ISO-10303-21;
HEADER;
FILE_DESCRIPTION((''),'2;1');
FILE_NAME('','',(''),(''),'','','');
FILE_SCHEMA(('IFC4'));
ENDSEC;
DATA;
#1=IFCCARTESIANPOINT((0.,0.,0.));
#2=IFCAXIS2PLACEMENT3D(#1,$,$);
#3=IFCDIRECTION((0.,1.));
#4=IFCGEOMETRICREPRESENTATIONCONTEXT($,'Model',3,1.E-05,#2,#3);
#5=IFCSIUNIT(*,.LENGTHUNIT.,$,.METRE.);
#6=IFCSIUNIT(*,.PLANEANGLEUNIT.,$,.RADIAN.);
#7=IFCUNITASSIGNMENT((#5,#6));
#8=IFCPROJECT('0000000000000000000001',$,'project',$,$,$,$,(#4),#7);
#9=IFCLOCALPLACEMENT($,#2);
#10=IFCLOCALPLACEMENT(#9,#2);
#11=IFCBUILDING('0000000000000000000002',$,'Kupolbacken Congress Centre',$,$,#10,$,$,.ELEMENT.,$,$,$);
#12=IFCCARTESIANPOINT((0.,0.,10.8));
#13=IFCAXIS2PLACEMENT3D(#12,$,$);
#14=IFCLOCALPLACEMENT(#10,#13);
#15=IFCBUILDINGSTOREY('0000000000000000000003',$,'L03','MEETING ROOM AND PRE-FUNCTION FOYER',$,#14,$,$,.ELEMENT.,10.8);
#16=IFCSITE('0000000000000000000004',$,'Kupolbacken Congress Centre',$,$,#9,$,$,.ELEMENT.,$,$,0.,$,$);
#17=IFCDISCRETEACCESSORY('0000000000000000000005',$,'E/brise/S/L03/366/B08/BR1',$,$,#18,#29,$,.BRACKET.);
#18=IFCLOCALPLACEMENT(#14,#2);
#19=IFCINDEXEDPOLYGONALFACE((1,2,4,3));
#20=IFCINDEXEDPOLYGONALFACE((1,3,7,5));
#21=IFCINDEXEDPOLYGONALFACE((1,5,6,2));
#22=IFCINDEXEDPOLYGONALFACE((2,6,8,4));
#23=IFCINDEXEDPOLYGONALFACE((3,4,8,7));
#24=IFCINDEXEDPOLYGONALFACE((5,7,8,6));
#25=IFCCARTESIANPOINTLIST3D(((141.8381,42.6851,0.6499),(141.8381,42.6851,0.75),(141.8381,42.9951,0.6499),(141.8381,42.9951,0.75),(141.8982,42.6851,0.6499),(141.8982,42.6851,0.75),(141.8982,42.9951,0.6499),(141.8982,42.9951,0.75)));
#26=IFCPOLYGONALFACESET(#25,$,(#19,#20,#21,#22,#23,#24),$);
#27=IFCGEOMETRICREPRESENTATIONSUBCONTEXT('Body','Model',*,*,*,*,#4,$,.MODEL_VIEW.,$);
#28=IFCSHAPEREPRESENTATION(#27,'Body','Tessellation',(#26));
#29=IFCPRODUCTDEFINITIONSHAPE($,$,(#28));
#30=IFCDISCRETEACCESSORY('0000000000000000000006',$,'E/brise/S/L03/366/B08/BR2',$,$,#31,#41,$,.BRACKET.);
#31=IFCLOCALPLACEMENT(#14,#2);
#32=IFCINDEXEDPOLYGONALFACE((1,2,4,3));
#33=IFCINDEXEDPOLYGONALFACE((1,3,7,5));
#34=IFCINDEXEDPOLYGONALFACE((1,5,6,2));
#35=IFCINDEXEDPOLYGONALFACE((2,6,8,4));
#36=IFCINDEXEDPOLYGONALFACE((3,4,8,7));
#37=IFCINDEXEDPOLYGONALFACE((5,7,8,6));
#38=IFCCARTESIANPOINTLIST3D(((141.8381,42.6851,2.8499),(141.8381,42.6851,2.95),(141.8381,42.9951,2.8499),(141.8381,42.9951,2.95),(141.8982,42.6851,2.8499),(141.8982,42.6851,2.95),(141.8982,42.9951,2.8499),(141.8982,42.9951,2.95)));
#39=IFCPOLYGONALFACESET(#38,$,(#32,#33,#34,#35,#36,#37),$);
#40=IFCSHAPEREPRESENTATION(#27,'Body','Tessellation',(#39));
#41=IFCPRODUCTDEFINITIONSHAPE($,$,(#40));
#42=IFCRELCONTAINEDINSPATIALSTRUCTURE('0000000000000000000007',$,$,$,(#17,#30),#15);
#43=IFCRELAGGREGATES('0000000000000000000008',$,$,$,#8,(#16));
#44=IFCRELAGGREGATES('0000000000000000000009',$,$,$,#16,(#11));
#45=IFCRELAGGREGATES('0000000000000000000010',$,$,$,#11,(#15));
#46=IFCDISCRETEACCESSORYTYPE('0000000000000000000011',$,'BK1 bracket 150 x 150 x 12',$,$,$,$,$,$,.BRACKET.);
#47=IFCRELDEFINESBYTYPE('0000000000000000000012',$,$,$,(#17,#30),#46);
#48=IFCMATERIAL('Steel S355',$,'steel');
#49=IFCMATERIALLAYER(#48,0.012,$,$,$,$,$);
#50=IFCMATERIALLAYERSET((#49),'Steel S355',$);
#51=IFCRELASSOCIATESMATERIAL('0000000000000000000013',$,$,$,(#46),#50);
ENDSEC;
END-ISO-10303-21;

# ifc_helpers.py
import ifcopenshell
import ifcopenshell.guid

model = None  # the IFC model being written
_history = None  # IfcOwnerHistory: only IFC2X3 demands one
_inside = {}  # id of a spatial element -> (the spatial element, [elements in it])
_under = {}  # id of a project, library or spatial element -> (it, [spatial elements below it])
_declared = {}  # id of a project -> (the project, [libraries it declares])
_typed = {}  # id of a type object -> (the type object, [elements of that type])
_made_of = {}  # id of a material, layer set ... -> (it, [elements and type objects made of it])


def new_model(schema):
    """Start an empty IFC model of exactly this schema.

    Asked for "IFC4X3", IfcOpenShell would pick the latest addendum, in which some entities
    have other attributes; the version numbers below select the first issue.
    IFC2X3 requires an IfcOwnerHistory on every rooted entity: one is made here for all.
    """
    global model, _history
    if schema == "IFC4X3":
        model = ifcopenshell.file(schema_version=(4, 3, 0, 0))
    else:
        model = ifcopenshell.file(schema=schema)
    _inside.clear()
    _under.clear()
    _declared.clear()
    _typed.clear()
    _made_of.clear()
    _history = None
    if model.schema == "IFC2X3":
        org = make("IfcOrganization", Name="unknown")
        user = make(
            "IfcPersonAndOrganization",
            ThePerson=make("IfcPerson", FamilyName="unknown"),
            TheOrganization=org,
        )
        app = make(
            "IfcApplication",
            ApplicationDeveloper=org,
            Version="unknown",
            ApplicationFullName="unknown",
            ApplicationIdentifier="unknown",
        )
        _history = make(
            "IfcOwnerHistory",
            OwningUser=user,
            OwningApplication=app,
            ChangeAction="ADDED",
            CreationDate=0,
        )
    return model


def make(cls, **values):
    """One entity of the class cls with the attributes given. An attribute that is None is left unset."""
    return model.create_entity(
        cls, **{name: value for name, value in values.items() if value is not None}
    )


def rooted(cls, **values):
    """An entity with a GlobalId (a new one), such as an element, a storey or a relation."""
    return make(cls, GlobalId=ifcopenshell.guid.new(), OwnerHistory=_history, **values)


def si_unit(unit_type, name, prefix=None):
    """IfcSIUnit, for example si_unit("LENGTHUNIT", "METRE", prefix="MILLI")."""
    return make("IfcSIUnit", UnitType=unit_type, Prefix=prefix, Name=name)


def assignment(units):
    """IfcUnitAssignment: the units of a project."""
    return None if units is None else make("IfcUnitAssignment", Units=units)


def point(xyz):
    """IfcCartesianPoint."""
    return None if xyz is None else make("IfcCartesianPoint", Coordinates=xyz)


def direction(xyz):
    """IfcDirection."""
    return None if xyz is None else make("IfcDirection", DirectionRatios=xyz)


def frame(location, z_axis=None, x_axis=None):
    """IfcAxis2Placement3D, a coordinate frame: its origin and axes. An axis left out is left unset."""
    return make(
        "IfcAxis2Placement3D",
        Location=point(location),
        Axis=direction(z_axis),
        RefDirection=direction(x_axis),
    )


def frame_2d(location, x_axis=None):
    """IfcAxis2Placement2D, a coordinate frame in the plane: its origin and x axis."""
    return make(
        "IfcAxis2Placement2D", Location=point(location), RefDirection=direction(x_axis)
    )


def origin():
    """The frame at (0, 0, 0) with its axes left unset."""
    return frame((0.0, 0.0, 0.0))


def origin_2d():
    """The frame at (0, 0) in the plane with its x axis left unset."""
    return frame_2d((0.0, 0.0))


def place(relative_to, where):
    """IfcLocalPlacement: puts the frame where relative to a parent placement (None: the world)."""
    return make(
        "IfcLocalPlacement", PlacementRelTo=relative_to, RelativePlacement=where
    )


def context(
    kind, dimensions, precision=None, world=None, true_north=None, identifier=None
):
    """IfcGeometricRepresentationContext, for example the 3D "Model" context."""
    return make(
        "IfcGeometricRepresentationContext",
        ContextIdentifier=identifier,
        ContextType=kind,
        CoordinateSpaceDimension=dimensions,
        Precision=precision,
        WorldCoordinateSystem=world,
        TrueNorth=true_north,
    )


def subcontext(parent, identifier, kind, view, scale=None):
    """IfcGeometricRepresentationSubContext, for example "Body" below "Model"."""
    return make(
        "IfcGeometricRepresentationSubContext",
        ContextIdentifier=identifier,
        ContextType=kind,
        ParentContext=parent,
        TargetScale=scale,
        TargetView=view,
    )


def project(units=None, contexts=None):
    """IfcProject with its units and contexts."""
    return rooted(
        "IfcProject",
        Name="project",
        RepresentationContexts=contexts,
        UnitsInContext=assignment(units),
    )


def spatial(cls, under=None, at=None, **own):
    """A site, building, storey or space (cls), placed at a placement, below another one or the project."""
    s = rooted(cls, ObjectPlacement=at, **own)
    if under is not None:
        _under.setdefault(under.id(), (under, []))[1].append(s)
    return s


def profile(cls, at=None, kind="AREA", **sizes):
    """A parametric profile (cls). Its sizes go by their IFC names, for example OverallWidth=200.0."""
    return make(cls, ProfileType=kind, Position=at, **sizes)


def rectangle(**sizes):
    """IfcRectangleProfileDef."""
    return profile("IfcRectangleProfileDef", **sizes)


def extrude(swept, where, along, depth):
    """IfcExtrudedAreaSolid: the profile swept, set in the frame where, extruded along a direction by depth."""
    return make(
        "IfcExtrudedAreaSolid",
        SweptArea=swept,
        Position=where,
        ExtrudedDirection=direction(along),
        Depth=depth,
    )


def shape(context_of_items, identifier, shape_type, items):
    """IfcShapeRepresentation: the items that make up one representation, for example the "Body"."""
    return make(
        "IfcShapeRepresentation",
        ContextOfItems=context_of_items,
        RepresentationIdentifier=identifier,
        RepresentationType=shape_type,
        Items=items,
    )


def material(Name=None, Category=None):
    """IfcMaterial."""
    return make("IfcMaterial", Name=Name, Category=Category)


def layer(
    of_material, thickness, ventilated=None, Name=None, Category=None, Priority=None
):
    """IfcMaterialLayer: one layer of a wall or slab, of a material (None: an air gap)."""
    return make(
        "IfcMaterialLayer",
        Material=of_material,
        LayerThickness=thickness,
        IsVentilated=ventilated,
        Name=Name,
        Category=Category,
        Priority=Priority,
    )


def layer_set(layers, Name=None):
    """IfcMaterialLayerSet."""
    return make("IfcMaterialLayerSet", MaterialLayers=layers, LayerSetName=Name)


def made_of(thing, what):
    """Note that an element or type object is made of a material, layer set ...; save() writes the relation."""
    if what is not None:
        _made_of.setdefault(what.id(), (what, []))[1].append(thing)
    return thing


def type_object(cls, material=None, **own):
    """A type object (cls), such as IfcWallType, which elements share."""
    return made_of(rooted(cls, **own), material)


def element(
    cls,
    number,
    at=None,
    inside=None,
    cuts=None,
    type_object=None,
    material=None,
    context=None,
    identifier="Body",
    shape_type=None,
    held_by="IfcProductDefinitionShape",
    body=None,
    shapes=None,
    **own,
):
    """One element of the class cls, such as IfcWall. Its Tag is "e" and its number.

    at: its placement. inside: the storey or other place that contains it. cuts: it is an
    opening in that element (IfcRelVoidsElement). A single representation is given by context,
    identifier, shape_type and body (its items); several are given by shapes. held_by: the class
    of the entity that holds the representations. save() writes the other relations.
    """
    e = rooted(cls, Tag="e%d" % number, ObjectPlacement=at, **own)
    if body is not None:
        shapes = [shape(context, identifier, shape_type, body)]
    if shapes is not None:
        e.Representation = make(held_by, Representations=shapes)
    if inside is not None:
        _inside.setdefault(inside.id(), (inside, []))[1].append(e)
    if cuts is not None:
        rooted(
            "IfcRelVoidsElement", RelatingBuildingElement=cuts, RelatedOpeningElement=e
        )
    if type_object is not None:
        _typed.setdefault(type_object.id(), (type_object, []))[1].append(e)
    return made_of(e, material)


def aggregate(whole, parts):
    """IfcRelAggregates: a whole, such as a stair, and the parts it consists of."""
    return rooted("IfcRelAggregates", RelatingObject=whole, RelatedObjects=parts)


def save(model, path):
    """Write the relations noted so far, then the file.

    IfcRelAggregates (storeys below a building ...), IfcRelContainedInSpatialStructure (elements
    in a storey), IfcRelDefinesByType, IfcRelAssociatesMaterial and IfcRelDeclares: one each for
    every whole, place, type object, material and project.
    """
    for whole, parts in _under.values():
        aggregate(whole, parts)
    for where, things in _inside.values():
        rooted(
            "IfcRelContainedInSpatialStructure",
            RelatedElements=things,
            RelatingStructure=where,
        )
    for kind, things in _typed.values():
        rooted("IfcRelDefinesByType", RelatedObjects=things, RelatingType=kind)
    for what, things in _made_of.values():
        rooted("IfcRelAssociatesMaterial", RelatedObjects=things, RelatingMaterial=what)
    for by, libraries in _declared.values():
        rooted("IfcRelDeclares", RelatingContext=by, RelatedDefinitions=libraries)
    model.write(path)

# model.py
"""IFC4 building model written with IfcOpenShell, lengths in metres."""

from ifc_helpers import new_model, si_unit, direction, frame, origin, origin_2d, place, context, subcontext, project, spatial, rectangle, extrude, material, layer, layer_set, type_object, element, save


model = new_model("IFC4")

# Units and contexts
model_context = context("Model", 3, precision=1e-05, world=origin(), true_north=direction((0.0, 1.0)))
body_context = subcontext(model_context, "Body", "Model", "MODEL_VIEW")
ifc_project = project(units=[si_unit("LENGTHUNIT", "METRE"), si_unit("PLANEANGLEUNIT", "RADIAN")], contexts=[model_context])

# Site, building, storey
site_placement = place(None, origin())
site = spatial("IfcSite", under=ifc_project, at=site_placement, Name="Kupolbacken Congress Centre", CompositionType="ELEMENT", RefElevation=0.0)
building_placement = place(site_placement, origin())
building = spatial("IfcBuilding", under=site, at=building_placement, Name="Kupolbacken Congress Centre", CompositionType="ELEMENT")
storey_placement = place(building_placement, frame((0.0, 0.0, 10.8)))
storey = spatial("IfcBuildingStorey", under=building, at=storey_placement, Name="L03", Description="MEETING ROOM AND PRE-FUNCTION FOYER", CompositionType="ELEMENT", Elevation=10.8)

# Discrete accessories
ifc_material_1 = material(Name="Steel S355", Category="steel")
ifc_layer_1 = layer(ifc_material_1, 0.012)
ifc_layer_set_1 = layer_set([ifc_layer_1], Name="Steel S355")
discrete_accessory_type = type_object("IfcDiscreteAccessoryType", Name="BK1 bracket 150 x 150 x 12", PredefinedType="BRACKET", material=ifc_layer_set_1)
for number, where, z_axis, x_axis, name in (
    (1, (141.8682, 42.8401, 0.6499), (0.0, 0.0, 1.0), (1.0, 0.0, 0.0), "E/brise/S/L03/366/B08/BR1"),
    (2, (141.8682, 42.8401, 2.8499), (0.0, 0.0, 1.0), (1.0, 0.0, 0.0), "E/brise/S/L03/366/B08/BR2"),
):
    element("IfcDiscreteAccessory", number, at=place(storey_placement, frame(where, z_axis=z_axis, x_axis=x_axis)), inside=storey, type_object=discrete_accessory_type, Name=name, PredefinedType="BRACKET", context=body_context, shape_type="SweptSolid", body=[
        extrude(rectangle(XDim=0.0601, YDim=0.3101, at=origin_2d()), origin(), (0.0, 0.0, 1.0), 0.1001),
    ])

save(model, "model.ifc")
